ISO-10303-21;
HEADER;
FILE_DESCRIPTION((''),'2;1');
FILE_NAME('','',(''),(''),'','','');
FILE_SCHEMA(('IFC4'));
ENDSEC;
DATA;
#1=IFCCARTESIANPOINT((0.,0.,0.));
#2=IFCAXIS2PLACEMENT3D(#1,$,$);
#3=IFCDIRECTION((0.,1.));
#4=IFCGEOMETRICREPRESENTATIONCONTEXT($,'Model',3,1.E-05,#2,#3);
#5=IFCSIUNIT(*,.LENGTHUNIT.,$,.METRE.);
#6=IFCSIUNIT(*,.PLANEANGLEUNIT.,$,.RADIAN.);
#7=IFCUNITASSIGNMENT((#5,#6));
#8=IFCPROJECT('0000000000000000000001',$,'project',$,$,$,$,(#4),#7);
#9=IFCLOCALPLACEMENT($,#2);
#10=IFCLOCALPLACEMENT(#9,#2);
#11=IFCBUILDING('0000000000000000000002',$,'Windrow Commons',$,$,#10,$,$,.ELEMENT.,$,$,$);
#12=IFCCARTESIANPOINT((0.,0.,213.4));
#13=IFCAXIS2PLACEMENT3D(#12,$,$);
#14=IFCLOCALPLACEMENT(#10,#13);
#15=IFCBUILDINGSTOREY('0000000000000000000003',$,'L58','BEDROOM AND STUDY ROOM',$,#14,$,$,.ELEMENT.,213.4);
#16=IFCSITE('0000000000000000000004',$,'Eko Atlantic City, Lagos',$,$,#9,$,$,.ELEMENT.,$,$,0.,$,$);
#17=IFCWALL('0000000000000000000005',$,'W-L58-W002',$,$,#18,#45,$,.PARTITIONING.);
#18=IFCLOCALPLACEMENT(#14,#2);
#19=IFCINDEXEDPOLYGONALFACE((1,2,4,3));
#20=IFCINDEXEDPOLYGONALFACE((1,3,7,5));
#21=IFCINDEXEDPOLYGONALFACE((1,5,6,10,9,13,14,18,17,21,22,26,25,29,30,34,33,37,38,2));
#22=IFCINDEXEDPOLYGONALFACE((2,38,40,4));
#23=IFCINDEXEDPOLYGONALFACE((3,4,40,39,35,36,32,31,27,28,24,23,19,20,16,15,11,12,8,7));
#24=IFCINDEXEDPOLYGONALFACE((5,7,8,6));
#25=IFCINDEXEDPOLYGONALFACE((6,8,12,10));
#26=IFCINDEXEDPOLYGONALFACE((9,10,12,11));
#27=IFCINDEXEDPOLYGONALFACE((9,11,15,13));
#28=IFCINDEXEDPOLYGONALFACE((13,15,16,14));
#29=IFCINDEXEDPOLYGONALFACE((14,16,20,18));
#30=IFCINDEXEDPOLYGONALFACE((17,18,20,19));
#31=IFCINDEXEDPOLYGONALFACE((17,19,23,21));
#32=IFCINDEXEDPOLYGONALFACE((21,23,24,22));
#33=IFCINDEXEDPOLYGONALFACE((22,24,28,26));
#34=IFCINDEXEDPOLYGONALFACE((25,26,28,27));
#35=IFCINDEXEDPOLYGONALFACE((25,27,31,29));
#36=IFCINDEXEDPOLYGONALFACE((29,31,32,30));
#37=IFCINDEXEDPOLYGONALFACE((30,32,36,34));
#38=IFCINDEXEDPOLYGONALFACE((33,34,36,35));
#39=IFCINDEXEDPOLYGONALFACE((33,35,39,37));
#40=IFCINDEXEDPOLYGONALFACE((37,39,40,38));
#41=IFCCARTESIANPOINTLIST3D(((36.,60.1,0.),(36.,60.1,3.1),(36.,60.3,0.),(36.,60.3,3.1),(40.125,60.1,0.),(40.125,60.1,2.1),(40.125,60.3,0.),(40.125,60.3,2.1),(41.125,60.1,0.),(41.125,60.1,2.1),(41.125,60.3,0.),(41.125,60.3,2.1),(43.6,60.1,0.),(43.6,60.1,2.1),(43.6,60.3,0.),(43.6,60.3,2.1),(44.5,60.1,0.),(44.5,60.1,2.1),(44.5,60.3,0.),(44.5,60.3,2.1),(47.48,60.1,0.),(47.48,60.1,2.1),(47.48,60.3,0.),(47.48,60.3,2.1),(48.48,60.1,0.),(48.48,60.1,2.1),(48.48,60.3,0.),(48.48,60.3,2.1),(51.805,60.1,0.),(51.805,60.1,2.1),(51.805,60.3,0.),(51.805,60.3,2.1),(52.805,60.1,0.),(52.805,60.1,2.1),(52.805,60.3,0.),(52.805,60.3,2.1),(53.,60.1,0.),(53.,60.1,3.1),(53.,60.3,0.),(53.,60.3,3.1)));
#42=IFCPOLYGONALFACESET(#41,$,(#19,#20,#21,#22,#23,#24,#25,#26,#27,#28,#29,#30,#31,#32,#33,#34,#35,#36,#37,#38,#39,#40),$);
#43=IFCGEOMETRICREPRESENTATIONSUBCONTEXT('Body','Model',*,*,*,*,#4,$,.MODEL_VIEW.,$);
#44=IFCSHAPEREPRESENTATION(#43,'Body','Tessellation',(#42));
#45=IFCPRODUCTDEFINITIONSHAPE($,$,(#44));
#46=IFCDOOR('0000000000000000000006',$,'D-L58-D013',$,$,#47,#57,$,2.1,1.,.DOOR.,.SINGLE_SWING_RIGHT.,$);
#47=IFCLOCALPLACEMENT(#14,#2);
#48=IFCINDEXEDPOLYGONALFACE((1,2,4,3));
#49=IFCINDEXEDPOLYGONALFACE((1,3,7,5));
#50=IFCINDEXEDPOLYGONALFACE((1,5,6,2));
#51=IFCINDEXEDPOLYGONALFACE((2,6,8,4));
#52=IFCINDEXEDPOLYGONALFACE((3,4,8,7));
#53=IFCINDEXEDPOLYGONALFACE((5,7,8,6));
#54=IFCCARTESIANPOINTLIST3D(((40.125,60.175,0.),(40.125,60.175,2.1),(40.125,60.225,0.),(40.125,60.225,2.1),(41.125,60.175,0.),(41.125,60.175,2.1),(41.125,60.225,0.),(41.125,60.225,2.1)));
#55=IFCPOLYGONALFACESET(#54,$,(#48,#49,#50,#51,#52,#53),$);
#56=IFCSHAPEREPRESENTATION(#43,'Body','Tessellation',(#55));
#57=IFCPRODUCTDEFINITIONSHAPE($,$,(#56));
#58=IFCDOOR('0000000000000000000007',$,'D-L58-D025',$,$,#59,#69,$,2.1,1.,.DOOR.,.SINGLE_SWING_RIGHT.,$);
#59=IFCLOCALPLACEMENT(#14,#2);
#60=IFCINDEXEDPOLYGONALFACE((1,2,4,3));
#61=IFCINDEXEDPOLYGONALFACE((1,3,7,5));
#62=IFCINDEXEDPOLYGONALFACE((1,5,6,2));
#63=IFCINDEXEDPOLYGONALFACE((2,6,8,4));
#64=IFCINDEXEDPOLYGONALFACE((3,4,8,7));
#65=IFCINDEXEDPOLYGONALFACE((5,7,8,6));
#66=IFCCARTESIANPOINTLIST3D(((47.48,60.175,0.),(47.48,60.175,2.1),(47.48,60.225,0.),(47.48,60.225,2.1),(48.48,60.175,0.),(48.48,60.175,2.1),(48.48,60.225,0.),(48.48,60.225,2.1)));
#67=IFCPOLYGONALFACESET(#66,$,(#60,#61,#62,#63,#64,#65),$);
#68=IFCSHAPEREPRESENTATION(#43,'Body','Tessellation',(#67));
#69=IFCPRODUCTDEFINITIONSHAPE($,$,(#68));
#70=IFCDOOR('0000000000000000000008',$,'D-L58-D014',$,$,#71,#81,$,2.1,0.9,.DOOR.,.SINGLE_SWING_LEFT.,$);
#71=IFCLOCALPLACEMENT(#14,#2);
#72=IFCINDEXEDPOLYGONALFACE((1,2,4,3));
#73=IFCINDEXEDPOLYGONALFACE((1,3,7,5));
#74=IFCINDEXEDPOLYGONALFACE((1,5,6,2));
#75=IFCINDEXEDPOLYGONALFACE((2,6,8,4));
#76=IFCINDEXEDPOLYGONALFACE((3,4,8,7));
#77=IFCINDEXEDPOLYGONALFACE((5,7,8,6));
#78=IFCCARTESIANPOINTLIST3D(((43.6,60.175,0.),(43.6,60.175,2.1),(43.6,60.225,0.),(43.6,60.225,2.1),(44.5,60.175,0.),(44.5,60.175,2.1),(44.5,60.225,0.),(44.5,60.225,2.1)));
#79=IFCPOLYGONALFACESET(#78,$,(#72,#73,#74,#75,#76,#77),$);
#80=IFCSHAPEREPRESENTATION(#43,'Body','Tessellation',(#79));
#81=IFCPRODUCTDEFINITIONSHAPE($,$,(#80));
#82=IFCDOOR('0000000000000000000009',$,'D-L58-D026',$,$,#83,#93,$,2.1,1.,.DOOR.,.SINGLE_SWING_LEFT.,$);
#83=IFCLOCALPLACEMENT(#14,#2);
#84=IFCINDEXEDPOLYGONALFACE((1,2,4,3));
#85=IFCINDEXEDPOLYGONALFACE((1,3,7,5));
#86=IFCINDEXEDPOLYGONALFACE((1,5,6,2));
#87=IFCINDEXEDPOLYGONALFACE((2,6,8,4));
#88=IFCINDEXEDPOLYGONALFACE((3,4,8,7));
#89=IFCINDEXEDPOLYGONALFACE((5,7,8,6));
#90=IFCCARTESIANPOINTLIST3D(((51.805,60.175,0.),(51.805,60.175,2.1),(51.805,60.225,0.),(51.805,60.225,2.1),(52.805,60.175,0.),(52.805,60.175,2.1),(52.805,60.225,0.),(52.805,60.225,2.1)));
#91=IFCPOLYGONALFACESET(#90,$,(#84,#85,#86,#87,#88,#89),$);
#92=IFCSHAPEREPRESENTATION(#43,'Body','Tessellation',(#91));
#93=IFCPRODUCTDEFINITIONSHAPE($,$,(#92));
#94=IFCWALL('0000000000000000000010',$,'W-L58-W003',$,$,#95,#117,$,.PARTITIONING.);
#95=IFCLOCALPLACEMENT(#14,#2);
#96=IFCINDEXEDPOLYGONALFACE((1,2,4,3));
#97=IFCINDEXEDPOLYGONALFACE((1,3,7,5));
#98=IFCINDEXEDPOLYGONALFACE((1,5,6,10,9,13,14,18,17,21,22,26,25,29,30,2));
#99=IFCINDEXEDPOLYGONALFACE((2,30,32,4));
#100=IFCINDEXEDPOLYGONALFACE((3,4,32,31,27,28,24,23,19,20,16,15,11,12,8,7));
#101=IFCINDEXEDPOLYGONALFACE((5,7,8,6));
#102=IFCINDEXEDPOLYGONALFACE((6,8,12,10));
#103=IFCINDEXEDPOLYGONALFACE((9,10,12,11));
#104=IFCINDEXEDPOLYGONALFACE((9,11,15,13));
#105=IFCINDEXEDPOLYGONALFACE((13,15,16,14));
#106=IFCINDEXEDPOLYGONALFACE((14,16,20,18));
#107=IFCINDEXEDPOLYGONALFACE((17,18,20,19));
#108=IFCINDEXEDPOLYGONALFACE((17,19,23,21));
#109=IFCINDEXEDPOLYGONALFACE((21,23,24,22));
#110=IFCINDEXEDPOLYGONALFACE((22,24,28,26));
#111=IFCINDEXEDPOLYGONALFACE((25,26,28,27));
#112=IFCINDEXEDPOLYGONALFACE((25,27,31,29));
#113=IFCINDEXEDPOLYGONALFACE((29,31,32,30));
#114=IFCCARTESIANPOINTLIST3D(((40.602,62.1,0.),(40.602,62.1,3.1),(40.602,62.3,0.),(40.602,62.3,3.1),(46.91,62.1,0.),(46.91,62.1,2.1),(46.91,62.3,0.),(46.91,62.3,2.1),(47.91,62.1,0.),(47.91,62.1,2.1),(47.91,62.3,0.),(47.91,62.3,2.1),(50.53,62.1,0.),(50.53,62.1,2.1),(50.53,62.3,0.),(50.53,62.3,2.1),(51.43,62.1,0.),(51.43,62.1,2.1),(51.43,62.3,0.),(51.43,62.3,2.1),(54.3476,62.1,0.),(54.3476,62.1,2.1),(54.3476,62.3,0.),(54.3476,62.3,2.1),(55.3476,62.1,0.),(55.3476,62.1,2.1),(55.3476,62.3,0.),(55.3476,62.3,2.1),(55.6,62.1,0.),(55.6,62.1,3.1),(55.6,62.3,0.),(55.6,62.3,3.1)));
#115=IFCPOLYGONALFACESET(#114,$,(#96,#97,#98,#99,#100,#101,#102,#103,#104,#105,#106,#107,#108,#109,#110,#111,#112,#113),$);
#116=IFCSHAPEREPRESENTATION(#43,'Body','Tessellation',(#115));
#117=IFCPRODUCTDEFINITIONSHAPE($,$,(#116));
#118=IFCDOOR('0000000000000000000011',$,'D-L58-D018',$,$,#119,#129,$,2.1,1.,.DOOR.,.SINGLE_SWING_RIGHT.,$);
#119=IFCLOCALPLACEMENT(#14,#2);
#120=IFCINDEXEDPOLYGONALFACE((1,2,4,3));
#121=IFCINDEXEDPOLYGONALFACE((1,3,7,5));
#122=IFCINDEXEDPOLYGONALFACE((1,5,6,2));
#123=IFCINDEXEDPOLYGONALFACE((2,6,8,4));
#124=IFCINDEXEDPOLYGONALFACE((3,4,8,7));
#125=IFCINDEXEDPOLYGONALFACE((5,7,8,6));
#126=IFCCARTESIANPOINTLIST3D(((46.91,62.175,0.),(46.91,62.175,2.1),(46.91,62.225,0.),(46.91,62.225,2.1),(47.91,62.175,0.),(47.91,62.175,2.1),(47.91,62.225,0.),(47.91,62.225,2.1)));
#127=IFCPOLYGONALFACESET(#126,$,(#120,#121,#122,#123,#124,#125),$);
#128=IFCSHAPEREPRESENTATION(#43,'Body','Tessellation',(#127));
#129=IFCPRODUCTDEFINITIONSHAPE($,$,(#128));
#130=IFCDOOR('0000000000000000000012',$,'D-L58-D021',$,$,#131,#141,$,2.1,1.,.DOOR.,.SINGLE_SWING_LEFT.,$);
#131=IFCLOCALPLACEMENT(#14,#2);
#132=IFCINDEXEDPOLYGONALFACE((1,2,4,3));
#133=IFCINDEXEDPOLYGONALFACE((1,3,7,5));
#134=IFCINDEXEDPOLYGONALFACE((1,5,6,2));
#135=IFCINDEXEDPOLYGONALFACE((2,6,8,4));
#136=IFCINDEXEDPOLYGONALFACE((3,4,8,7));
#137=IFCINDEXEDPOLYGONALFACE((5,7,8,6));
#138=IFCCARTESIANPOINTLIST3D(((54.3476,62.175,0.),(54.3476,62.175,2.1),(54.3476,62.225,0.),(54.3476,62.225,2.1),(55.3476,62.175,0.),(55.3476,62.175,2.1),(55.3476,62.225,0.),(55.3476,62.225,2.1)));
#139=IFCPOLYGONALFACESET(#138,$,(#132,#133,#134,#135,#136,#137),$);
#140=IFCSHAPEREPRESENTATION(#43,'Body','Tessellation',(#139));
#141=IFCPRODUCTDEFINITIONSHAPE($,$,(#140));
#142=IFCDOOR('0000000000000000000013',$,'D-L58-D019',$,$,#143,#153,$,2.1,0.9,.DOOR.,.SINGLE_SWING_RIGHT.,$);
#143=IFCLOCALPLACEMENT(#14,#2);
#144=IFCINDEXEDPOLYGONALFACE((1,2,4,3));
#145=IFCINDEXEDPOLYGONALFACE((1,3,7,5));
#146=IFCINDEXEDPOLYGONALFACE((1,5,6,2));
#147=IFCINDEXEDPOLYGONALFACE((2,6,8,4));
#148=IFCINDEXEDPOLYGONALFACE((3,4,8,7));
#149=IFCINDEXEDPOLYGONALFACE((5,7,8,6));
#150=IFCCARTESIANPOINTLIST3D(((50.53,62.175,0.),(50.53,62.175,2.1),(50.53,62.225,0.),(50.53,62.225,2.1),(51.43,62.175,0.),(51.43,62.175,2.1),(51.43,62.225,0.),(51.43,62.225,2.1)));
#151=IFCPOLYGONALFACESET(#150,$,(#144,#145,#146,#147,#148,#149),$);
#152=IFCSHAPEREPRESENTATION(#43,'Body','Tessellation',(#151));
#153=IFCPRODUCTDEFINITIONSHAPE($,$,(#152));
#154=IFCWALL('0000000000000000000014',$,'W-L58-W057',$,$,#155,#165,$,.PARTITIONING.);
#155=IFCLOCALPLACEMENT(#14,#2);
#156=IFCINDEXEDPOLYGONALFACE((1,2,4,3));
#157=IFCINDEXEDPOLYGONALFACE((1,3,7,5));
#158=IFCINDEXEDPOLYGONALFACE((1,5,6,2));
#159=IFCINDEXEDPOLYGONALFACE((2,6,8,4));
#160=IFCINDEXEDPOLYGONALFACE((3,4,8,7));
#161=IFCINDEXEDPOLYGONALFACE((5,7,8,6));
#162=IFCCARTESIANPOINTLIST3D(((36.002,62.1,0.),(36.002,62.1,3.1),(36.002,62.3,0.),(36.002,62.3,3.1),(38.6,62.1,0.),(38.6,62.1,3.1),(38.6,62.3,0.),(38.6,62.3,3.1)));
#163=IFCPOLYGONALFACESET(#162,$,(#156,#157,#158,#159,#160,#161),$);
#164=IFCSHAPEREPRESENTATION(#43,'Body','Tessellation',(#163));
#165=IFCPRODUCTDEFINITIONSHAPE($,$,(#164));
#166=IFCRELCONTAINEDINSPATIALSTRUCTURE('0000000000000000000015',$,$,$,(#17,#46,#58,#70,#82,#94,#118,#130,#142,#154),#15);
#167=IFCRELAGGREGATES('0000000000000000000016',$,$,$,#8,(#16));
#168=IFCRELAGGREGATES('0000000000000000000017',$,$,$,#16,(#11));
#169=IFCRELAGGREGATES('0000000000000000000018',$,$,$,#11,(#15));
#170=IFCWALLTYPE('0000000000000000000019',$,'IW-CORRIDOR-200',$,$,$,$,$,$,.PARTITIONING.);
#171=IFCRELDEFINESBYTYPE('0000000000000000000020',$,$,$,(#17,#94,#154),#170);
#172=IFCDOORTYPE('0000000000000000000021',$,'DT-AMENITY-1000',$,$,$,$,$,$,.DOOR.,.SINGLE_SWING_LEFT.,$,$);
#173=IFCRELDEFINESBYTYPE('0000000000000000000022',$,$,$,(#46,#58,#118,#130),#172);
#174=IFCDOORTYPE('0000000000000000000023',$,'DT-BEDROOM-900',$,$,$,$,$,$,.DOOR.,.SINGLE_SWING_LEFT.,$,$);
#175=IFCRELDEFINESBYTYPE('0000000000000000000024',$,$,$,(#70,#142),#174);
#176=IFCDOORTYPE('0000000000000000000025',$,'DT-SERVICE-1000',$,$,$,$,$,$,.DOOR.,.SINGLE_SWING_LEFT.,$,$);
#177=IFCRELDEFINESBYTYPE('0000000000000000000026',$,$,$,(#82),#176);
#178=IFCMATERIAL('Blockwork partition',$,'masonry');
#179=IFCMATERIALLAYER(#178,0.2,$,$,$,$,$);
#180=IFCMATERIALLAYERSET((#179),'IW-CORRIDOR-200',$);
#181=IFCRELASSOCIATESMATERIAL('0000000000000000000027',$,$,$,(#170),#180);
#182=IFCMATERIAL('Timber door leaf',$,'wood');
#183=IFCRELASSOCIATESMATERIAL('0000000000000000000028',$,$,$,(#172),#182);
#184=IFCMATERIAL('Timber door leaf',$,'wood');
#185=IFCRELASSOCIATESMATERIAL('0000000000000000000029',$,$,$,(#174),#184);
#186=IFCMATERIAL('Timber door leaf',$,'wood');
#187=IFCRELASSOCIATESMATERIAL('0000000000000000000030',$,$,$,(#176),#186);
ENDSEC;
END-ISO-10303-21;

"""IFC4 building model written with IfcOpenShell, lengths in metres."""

from ifc_helpers import new_model, si_unit, direction, frame, frame_2d, origin, place, context, subcontext, project, spatial, rectangle, extrude, material, layer, layer_set, type_object, element, fill, save


model = new_model("IFC4")

# Units and contexts
model_context = context("Model", 3, precision=1e-05, world=origin(), true_north=direction((0.0, 1.0)))
body_context = subcontext(model_context, "Body", "Model", "MODEL_VIEW")
ifc_project = project(units=[si_unit("LENGTHUNIT", "METRE"), si_unit("PLANEANGLEUNIT", "RADIAN")], contexts=[model_context])

# Site, building, storey
site_placement = place(None, origin())
site = spatial("IfcSite", under=ifc_project, at=site_placement, Name="Eko Atlantic City, Lagos", CompositionType="ELEMENT", RefElevation=0.0)
building_placement = place(site_placement, origin())
building = spatial("IfcBuilding", under=site, at=building_placement, Name="Windrow Commons", CompositionType="ELEMENT")
storey_placement = place(building_placement, frame((0.0, 0.0, 213.4)))
storey = spatial("IfcBuildingStorey", under=building, at=storey_placement, Name="L58", Description="BEDROOM AND STUDY ROOM", CompositionType="ELEMENT", Elevation=213.4)

# Walls, openings, doors
ifc_material_1 = material(Name="Blockwork partition", Category="masonry")
ifc_layer_1 = layer(ifc_material_1, 0.2)
ifc_layer_set_1 = layer_set([ifc_layer_1], Name="IW-CORRIDOR-200")
wall_type_1 = type_object("IfcWallType", Name="IW-CORRIDOR-200", PredefinedType="PARTITIONING", material=ifc_layer_set_1)
wall_1_placement = place(storey_placement, frame((36.0, 60.2, 0.0), z_axis=(0.0, 0.0, 1.0), x_axis=(1.0, 0.0, 0.0)))
wall_1 = element("IfcWall", 1, at=wall_1_placement, inside=storey, type_object=wall_type_1, Name="W-L58-W002", PredefinedType="PARTITIONING", context=body_context, shape_type="SweptSolid", body=[
    extrude(rectangle(XDim=17.0, YDim=0.2, at=frame_2d((8.5, 0.0))), origin(), (0.0, 0.0, 1.0), 3.1),
])
opening_1_placement = place(wall_1_placement, frame((4.125, 0.0, 0.0)))
opening_1 = element("IfcOpeningElement", 2, at=opening_1_placement, cuts=wall_1, PredefinedType="OPENING", context=body_context, shape_type="SweptSolid", body=[
    extrude(rectangle(XDim=1.0, YDim=2.1, at=frame_2d((0.5, 1.05))), frame((0.0, 0.11, 0.0), z_axis=(0.0, -1.0, 0.0), x_axis=(1.0, 0.0, 0.0)), (0.0, 0.0, 1.0), 0.22),
])
opening_2_placement = place(wall_1_placement, frame((7.6, 0.0, 0.0)))
opening_2 = element("IfcOpeningElement", 3, at=opening_2_placement, cuts=wall_1, PredefinedType="OPENING", context=body_context, shape_type="SweptSolid", body=[
    extrude(rectangle(XDim=0.9, YDim=2.1, at=frame_2d((0.45, 1.05))), frame((0.0, 0.11, 0.0), z_axis=(0.0, -1.0, 0.0), x_axis=(1.0, 0.0, 0.0)), (0.0, 0.0, 1.0), 0.22),
])
opening_3_placement = place(wall_1_placement, frame((11.48, 0.0, 0.0)))
opening_3 = element("IfcOpeningElement", 4, at=opening_3_placement, cuts=wall_1, PredefinedType="OPENING", context=body_context, shape_type="SweptSolid", body=[
    extrude(rectangle(XDim=1.0, YDim=2.1, at=frame_2d((0.5, 1.05))), frame((0.0, 0.11, 0.0), z_axis=(0.0, -1.0, 0.0), x_axis=(1.0, 0.0, 0.0)), (0.0, 0.0, 1.0), 0.22),
])
opening_4_placement = place(wall_1_placement, frame((15.805, 0.0, 0.0)))
opening_4 = element("IfcOpeningElement", 5, at=opening_4_placement, cuts=wall_1, PredefinedType="OPENING", context=body_context, shape_type="SweptSolid", body=[
    extrude(rectangle(XDim=1.0, YDim=2.1, at=frame_2d((0.5, 1.05))), frame((0.0, 0.11, 0.0), z_axis=(0.0, -1.0, 0.0), x_axis=(1.0, 0.0, 0.0)), (0.0, 0.0, 1.0), 0.22),
])
ifc_material_2 = material(Name="Timber door leaf", Category="wood")
door_type_1 = type_object("IfcDoorType", Name="DT-AMENITY-1000", OperationType="SINGLE_SWING_LEFT", PredefinedType="DOOR", material=ifc_material_2)
door_1_placement = place(opening_1_placement, origin())
door_1 = element("IfcDoor", 6, at=door_1_placement, inside=storey, type_object=door_type_1, Name="D-L58-D013", OperationType="SINGLE_SWING_RIGHT", OverallHeight=2.1, OverallWidth=1.0, PredefinedType="DOOR", context=body_context, shape_type="SweptSolid", body=[
    extrude(rectangle(XDim=1.0, YDim=2.1, at=frame_2d((0.5, 1.05))), frame((0.0, 0.025, 0.0), z_axis=(0.0, -1.0, 0.0), x_axis=(1.0, 0.0, 0.0)), (0.0, 0.0, 1.0), 0.05),
])
fill(opening_1, door_1)
door_2_placement = place(opening_3_placement, origin())
door_2 = element("IfcDoor", 7, at=door_2_placement, inside=storey, type_object=door_type_1, Name="D-L58-D025", OperationType="SINGLE_SWING_RIGHT", OverallHeight=2.1, OverallWidth=1.0, PredefinedType="DOOR", context=body_context, shape_type="SweptSolid", body=[
    extrude(rectangle(XDim=1.0, YDim=2.1, at=frame_2d((0.5, 1.05))), frame((0.0, 0.025, 0.0), z_axis=(0.0, -1.0, 0.0), x_axis=(1.0, 0.0, 0.0)), (0.0, 0.0, 1.0), 0.05),
])
fill(opening_3, door_2)
ifc_material_3 = material(Name="Timber door leaf", Category="wood")
door_type_2 = type_object("IfcDoorType", Name="DT-BEDROOM-900", OperationType="SINGLE_SWING_LEFT", PredefinedType="DOOR", material=ifc_material_3)
door_3_placement = place(opening_2_placement, origin())
door_3 = element("IfcDoor", 8, at=door_3_placement, inside=storey, type_object=door_type_2, Name="D-L58-D014", OperationType="SINGLE_SWING_LEFT", OverallHeight=2.1, OverallWidth=0.9, PredefinedType="DOOR", context=body_context, shape_type="SweptSolid", body=[
    extrude(rectangle(XDim=0.9, YDim=2.1, at=frame_2d((0.45, 1.05))), frame((0.0, 0.025, 0.0), z_axis=(0.0, -1.0, 0.0), x_axis=(1.0, 0.0, 0.0)), (0.0, 0.0, 1.0), 0.05),
])
fill(opening_2, door_3)
ifc_material_4 = material(Name="Timber door leaf", Category="wood")
door_type_3 = type_object("IfcDoorType", Name="DT-SERVICE-1000", OperationType="SINGLE_SWING_LEFT", PredefinedType="DOOR", material=ifc_material_4)
door_4_placement = place(opening_4_placement, origin())
door_4 = element("IfcDoor", 9, at=door_4_placement, inside=storey, type_object=door_type_3, Name="D-L58-D026", OperationType="SINGLE_SWING_LEFT", OverallHeight=2.1, OverallWidth=1.0, PredefinedType="DOOR", context=body_context, shape_type="SweptSolid", body=[
    extrude(rectangle(XDim=1.0, YDim=2.1, at=frame_2d((0.5, 1.05))), frame((0.0, 0.025, 0.0), z_axis=(0.0, -1.0, 0.0), x_axis=(1.0, 0.0, 0.0)), (0.0, 0.0, 1.0), 0.05),
])
fill(opening_4, door_4)
wall_2_placement = place(storey_placement, frame((40.602, 62.2, 0.0), z_axis=(0.0, 0.0, 1.0), x_axis=(1.0, 0.0, 0.0)))
wall_2 = element("IfcWall", 10, at=wall_2_placement, inside=storey, type_object=wall_type_1, Name="W-L58-W003", PredefinedType="PARTITIONING", context=body_context, shape_type="SweptSolid", body=[
    extrude(rectangle(XDim=14.998, YDim=0.2, at=frame_2d((7.499, 0.0))), origin(), (0.0, 0.0, 1.0), 3.1),
])
opening_5_placement = place(wall_2_placement, frame((6.308, 0.0, 0.0)))
opening_5 = element("IfcOpeningElement", 11, at=opening_5_placement, cuts=wall_2, PredefinedType="OPENING", context=body_context, shape_type="SweptSolid", body=[
    extrude(rectangle(XDim=1.0, YDim=2.1, at=frame_2d((0.5, 1.05))), frame((0.0, 0.11, 0.0), z_axis=(0.0, -1.0, 0.0), x_axis=(1.0, 0.0, 0.0)), (0.0, 0.0, 1.0), 0.22),
])
opening_6_placement = place(wall_2_placement, frame((9.928, 0.0, 0.0)))
opening_6 = element("IfcOpeningElement", 12, at=opening_6_placement, cuts=wall_2, PredefinedType="OPENING", context=body_context, shape_type="SweptSolid", body=[
    extrude(rectangle(XDim=0.9, YDim=2.1, at=frame_2d((0.45, 1.05))), frame((0.0, 0.11, 0.0), z_axis=(0.0, -1.0, 0.0), x_axis=(1.0, 0.0, 0.0)), (0.0, 0.0, 1.0), 0.22),
])
opening_7_placement = place(wall_2_placement, frame((13.7456, 0.0, 0.0)))
opening_7 = element("IfcOpeningElement", 13, at=opening_7_placement, cuts=wall_2, PredefinedType="OPENING", context=body_context, shape_type="SweptSolid", body=[
    extrude(rectangle(XDim=1.0, YDim=2.1, at=frame_2d((0.5, 1.05))), frame((0.0, 0.11, 0.0), z_axis=(0.0, -1.0, 0.0), x_axis=(1.0, 0.0, 0.0)), (0.0, 0.0, 1.0), 0.22),
])
door_5_placement = place(opening_5_placement, origin())
door_5 = element("IfcDoor", 14, at=door_5_placement, inside=storey, type_object=door_type_1, Name="D-L58-D018", OperationType="SINGLE_SWING_RIGHT", OverallHeight=2.1, OverallWidth=1.0, PredefinedType="DOOR", context=body_context, shape_type="SweptSolid", body=[
    extrude(rectangle(XDim=1.0, YDim=2.1, at=frame_2d((0.5, 1.05))), frame((0.0, 0.025, 0.0), z_axis=(0.0, -1.0, 0.0), x_axis=(1.0, 0.0, 0.0)), (0.0, 0.0, 1.0), 0.05),
])
fill(opening_5, door_5)
door_6_placement = place(opening_7_placement, origin())
door_6 = element("IfcDoor", 15, at=door_6_placement, inside=storey, type_object=door_type_1, Name="D-L58-D021", OperationType="SINGLE_SWING_LEFT", OverallHeight=2.1, OverallWidth=1.0, PredefinedType="DOOR", context=body_context, shape_type="SweptSolid", body=[
    extrude(rectangle(XDim=1.0, YDim=2.1, at=frame_2d((0.5, 1.05))), frame((0.0, 0.025, 0.0), z_axis=(0.0, -1.0, 0.0), x_axis=(1.0, 0.0, 0.0)), (0.0, 0.0, 1.0), 0.05),
])
fill(opening_7, door_6)
door_7_placement = place(opening_6_placement, origin())
door_7 = element("IfcDoor", 16, at=door_7_placement, inside=storey, type_object=door_type_2, Name="D-L58-D019", OperationType="SINGLE_SWING_RIGHT", OverallHeight=2.1, OverallWidth=0.9, PredefinedType="DOOR", context=body_context, shape_type="SweptSolid", body=[
    extrude(rectangle(XDim=0.9, YDim=2.1, at=frame_2d((0.45, 1.05))), frame((0.0, 0.025, 0.0), z_axis=(0.0, -1.0, 0.0), x_axis=(1.0, 0.0, 0.0)), (0.0, 0.0, 1.0), 0.05),
])
fill(opening_6, door_7)

# Wall
wall_3_placement = place(storey_placement, frame((36.002, 62.2, 0.0), z_axis=(0.0, 0.0, 1.0), x_axis=(1.0, 0.0, 0.0)))
element("IfcWall", 17, at=wall_3_placement, inside=storey, type_object=wall_type_1, Name="W-L58-W057", PredefinedType="PARTITIONING", context=body_context, shape_type="SweptSolid", body=[
    extrude(rectangle(XDim=2.598, YDim=0.2, at=frame_2d((1.299, 0.0))), origin(), (0.0, 0.0, 1.0), 3.1),
])

save(model, "model.ifc")
